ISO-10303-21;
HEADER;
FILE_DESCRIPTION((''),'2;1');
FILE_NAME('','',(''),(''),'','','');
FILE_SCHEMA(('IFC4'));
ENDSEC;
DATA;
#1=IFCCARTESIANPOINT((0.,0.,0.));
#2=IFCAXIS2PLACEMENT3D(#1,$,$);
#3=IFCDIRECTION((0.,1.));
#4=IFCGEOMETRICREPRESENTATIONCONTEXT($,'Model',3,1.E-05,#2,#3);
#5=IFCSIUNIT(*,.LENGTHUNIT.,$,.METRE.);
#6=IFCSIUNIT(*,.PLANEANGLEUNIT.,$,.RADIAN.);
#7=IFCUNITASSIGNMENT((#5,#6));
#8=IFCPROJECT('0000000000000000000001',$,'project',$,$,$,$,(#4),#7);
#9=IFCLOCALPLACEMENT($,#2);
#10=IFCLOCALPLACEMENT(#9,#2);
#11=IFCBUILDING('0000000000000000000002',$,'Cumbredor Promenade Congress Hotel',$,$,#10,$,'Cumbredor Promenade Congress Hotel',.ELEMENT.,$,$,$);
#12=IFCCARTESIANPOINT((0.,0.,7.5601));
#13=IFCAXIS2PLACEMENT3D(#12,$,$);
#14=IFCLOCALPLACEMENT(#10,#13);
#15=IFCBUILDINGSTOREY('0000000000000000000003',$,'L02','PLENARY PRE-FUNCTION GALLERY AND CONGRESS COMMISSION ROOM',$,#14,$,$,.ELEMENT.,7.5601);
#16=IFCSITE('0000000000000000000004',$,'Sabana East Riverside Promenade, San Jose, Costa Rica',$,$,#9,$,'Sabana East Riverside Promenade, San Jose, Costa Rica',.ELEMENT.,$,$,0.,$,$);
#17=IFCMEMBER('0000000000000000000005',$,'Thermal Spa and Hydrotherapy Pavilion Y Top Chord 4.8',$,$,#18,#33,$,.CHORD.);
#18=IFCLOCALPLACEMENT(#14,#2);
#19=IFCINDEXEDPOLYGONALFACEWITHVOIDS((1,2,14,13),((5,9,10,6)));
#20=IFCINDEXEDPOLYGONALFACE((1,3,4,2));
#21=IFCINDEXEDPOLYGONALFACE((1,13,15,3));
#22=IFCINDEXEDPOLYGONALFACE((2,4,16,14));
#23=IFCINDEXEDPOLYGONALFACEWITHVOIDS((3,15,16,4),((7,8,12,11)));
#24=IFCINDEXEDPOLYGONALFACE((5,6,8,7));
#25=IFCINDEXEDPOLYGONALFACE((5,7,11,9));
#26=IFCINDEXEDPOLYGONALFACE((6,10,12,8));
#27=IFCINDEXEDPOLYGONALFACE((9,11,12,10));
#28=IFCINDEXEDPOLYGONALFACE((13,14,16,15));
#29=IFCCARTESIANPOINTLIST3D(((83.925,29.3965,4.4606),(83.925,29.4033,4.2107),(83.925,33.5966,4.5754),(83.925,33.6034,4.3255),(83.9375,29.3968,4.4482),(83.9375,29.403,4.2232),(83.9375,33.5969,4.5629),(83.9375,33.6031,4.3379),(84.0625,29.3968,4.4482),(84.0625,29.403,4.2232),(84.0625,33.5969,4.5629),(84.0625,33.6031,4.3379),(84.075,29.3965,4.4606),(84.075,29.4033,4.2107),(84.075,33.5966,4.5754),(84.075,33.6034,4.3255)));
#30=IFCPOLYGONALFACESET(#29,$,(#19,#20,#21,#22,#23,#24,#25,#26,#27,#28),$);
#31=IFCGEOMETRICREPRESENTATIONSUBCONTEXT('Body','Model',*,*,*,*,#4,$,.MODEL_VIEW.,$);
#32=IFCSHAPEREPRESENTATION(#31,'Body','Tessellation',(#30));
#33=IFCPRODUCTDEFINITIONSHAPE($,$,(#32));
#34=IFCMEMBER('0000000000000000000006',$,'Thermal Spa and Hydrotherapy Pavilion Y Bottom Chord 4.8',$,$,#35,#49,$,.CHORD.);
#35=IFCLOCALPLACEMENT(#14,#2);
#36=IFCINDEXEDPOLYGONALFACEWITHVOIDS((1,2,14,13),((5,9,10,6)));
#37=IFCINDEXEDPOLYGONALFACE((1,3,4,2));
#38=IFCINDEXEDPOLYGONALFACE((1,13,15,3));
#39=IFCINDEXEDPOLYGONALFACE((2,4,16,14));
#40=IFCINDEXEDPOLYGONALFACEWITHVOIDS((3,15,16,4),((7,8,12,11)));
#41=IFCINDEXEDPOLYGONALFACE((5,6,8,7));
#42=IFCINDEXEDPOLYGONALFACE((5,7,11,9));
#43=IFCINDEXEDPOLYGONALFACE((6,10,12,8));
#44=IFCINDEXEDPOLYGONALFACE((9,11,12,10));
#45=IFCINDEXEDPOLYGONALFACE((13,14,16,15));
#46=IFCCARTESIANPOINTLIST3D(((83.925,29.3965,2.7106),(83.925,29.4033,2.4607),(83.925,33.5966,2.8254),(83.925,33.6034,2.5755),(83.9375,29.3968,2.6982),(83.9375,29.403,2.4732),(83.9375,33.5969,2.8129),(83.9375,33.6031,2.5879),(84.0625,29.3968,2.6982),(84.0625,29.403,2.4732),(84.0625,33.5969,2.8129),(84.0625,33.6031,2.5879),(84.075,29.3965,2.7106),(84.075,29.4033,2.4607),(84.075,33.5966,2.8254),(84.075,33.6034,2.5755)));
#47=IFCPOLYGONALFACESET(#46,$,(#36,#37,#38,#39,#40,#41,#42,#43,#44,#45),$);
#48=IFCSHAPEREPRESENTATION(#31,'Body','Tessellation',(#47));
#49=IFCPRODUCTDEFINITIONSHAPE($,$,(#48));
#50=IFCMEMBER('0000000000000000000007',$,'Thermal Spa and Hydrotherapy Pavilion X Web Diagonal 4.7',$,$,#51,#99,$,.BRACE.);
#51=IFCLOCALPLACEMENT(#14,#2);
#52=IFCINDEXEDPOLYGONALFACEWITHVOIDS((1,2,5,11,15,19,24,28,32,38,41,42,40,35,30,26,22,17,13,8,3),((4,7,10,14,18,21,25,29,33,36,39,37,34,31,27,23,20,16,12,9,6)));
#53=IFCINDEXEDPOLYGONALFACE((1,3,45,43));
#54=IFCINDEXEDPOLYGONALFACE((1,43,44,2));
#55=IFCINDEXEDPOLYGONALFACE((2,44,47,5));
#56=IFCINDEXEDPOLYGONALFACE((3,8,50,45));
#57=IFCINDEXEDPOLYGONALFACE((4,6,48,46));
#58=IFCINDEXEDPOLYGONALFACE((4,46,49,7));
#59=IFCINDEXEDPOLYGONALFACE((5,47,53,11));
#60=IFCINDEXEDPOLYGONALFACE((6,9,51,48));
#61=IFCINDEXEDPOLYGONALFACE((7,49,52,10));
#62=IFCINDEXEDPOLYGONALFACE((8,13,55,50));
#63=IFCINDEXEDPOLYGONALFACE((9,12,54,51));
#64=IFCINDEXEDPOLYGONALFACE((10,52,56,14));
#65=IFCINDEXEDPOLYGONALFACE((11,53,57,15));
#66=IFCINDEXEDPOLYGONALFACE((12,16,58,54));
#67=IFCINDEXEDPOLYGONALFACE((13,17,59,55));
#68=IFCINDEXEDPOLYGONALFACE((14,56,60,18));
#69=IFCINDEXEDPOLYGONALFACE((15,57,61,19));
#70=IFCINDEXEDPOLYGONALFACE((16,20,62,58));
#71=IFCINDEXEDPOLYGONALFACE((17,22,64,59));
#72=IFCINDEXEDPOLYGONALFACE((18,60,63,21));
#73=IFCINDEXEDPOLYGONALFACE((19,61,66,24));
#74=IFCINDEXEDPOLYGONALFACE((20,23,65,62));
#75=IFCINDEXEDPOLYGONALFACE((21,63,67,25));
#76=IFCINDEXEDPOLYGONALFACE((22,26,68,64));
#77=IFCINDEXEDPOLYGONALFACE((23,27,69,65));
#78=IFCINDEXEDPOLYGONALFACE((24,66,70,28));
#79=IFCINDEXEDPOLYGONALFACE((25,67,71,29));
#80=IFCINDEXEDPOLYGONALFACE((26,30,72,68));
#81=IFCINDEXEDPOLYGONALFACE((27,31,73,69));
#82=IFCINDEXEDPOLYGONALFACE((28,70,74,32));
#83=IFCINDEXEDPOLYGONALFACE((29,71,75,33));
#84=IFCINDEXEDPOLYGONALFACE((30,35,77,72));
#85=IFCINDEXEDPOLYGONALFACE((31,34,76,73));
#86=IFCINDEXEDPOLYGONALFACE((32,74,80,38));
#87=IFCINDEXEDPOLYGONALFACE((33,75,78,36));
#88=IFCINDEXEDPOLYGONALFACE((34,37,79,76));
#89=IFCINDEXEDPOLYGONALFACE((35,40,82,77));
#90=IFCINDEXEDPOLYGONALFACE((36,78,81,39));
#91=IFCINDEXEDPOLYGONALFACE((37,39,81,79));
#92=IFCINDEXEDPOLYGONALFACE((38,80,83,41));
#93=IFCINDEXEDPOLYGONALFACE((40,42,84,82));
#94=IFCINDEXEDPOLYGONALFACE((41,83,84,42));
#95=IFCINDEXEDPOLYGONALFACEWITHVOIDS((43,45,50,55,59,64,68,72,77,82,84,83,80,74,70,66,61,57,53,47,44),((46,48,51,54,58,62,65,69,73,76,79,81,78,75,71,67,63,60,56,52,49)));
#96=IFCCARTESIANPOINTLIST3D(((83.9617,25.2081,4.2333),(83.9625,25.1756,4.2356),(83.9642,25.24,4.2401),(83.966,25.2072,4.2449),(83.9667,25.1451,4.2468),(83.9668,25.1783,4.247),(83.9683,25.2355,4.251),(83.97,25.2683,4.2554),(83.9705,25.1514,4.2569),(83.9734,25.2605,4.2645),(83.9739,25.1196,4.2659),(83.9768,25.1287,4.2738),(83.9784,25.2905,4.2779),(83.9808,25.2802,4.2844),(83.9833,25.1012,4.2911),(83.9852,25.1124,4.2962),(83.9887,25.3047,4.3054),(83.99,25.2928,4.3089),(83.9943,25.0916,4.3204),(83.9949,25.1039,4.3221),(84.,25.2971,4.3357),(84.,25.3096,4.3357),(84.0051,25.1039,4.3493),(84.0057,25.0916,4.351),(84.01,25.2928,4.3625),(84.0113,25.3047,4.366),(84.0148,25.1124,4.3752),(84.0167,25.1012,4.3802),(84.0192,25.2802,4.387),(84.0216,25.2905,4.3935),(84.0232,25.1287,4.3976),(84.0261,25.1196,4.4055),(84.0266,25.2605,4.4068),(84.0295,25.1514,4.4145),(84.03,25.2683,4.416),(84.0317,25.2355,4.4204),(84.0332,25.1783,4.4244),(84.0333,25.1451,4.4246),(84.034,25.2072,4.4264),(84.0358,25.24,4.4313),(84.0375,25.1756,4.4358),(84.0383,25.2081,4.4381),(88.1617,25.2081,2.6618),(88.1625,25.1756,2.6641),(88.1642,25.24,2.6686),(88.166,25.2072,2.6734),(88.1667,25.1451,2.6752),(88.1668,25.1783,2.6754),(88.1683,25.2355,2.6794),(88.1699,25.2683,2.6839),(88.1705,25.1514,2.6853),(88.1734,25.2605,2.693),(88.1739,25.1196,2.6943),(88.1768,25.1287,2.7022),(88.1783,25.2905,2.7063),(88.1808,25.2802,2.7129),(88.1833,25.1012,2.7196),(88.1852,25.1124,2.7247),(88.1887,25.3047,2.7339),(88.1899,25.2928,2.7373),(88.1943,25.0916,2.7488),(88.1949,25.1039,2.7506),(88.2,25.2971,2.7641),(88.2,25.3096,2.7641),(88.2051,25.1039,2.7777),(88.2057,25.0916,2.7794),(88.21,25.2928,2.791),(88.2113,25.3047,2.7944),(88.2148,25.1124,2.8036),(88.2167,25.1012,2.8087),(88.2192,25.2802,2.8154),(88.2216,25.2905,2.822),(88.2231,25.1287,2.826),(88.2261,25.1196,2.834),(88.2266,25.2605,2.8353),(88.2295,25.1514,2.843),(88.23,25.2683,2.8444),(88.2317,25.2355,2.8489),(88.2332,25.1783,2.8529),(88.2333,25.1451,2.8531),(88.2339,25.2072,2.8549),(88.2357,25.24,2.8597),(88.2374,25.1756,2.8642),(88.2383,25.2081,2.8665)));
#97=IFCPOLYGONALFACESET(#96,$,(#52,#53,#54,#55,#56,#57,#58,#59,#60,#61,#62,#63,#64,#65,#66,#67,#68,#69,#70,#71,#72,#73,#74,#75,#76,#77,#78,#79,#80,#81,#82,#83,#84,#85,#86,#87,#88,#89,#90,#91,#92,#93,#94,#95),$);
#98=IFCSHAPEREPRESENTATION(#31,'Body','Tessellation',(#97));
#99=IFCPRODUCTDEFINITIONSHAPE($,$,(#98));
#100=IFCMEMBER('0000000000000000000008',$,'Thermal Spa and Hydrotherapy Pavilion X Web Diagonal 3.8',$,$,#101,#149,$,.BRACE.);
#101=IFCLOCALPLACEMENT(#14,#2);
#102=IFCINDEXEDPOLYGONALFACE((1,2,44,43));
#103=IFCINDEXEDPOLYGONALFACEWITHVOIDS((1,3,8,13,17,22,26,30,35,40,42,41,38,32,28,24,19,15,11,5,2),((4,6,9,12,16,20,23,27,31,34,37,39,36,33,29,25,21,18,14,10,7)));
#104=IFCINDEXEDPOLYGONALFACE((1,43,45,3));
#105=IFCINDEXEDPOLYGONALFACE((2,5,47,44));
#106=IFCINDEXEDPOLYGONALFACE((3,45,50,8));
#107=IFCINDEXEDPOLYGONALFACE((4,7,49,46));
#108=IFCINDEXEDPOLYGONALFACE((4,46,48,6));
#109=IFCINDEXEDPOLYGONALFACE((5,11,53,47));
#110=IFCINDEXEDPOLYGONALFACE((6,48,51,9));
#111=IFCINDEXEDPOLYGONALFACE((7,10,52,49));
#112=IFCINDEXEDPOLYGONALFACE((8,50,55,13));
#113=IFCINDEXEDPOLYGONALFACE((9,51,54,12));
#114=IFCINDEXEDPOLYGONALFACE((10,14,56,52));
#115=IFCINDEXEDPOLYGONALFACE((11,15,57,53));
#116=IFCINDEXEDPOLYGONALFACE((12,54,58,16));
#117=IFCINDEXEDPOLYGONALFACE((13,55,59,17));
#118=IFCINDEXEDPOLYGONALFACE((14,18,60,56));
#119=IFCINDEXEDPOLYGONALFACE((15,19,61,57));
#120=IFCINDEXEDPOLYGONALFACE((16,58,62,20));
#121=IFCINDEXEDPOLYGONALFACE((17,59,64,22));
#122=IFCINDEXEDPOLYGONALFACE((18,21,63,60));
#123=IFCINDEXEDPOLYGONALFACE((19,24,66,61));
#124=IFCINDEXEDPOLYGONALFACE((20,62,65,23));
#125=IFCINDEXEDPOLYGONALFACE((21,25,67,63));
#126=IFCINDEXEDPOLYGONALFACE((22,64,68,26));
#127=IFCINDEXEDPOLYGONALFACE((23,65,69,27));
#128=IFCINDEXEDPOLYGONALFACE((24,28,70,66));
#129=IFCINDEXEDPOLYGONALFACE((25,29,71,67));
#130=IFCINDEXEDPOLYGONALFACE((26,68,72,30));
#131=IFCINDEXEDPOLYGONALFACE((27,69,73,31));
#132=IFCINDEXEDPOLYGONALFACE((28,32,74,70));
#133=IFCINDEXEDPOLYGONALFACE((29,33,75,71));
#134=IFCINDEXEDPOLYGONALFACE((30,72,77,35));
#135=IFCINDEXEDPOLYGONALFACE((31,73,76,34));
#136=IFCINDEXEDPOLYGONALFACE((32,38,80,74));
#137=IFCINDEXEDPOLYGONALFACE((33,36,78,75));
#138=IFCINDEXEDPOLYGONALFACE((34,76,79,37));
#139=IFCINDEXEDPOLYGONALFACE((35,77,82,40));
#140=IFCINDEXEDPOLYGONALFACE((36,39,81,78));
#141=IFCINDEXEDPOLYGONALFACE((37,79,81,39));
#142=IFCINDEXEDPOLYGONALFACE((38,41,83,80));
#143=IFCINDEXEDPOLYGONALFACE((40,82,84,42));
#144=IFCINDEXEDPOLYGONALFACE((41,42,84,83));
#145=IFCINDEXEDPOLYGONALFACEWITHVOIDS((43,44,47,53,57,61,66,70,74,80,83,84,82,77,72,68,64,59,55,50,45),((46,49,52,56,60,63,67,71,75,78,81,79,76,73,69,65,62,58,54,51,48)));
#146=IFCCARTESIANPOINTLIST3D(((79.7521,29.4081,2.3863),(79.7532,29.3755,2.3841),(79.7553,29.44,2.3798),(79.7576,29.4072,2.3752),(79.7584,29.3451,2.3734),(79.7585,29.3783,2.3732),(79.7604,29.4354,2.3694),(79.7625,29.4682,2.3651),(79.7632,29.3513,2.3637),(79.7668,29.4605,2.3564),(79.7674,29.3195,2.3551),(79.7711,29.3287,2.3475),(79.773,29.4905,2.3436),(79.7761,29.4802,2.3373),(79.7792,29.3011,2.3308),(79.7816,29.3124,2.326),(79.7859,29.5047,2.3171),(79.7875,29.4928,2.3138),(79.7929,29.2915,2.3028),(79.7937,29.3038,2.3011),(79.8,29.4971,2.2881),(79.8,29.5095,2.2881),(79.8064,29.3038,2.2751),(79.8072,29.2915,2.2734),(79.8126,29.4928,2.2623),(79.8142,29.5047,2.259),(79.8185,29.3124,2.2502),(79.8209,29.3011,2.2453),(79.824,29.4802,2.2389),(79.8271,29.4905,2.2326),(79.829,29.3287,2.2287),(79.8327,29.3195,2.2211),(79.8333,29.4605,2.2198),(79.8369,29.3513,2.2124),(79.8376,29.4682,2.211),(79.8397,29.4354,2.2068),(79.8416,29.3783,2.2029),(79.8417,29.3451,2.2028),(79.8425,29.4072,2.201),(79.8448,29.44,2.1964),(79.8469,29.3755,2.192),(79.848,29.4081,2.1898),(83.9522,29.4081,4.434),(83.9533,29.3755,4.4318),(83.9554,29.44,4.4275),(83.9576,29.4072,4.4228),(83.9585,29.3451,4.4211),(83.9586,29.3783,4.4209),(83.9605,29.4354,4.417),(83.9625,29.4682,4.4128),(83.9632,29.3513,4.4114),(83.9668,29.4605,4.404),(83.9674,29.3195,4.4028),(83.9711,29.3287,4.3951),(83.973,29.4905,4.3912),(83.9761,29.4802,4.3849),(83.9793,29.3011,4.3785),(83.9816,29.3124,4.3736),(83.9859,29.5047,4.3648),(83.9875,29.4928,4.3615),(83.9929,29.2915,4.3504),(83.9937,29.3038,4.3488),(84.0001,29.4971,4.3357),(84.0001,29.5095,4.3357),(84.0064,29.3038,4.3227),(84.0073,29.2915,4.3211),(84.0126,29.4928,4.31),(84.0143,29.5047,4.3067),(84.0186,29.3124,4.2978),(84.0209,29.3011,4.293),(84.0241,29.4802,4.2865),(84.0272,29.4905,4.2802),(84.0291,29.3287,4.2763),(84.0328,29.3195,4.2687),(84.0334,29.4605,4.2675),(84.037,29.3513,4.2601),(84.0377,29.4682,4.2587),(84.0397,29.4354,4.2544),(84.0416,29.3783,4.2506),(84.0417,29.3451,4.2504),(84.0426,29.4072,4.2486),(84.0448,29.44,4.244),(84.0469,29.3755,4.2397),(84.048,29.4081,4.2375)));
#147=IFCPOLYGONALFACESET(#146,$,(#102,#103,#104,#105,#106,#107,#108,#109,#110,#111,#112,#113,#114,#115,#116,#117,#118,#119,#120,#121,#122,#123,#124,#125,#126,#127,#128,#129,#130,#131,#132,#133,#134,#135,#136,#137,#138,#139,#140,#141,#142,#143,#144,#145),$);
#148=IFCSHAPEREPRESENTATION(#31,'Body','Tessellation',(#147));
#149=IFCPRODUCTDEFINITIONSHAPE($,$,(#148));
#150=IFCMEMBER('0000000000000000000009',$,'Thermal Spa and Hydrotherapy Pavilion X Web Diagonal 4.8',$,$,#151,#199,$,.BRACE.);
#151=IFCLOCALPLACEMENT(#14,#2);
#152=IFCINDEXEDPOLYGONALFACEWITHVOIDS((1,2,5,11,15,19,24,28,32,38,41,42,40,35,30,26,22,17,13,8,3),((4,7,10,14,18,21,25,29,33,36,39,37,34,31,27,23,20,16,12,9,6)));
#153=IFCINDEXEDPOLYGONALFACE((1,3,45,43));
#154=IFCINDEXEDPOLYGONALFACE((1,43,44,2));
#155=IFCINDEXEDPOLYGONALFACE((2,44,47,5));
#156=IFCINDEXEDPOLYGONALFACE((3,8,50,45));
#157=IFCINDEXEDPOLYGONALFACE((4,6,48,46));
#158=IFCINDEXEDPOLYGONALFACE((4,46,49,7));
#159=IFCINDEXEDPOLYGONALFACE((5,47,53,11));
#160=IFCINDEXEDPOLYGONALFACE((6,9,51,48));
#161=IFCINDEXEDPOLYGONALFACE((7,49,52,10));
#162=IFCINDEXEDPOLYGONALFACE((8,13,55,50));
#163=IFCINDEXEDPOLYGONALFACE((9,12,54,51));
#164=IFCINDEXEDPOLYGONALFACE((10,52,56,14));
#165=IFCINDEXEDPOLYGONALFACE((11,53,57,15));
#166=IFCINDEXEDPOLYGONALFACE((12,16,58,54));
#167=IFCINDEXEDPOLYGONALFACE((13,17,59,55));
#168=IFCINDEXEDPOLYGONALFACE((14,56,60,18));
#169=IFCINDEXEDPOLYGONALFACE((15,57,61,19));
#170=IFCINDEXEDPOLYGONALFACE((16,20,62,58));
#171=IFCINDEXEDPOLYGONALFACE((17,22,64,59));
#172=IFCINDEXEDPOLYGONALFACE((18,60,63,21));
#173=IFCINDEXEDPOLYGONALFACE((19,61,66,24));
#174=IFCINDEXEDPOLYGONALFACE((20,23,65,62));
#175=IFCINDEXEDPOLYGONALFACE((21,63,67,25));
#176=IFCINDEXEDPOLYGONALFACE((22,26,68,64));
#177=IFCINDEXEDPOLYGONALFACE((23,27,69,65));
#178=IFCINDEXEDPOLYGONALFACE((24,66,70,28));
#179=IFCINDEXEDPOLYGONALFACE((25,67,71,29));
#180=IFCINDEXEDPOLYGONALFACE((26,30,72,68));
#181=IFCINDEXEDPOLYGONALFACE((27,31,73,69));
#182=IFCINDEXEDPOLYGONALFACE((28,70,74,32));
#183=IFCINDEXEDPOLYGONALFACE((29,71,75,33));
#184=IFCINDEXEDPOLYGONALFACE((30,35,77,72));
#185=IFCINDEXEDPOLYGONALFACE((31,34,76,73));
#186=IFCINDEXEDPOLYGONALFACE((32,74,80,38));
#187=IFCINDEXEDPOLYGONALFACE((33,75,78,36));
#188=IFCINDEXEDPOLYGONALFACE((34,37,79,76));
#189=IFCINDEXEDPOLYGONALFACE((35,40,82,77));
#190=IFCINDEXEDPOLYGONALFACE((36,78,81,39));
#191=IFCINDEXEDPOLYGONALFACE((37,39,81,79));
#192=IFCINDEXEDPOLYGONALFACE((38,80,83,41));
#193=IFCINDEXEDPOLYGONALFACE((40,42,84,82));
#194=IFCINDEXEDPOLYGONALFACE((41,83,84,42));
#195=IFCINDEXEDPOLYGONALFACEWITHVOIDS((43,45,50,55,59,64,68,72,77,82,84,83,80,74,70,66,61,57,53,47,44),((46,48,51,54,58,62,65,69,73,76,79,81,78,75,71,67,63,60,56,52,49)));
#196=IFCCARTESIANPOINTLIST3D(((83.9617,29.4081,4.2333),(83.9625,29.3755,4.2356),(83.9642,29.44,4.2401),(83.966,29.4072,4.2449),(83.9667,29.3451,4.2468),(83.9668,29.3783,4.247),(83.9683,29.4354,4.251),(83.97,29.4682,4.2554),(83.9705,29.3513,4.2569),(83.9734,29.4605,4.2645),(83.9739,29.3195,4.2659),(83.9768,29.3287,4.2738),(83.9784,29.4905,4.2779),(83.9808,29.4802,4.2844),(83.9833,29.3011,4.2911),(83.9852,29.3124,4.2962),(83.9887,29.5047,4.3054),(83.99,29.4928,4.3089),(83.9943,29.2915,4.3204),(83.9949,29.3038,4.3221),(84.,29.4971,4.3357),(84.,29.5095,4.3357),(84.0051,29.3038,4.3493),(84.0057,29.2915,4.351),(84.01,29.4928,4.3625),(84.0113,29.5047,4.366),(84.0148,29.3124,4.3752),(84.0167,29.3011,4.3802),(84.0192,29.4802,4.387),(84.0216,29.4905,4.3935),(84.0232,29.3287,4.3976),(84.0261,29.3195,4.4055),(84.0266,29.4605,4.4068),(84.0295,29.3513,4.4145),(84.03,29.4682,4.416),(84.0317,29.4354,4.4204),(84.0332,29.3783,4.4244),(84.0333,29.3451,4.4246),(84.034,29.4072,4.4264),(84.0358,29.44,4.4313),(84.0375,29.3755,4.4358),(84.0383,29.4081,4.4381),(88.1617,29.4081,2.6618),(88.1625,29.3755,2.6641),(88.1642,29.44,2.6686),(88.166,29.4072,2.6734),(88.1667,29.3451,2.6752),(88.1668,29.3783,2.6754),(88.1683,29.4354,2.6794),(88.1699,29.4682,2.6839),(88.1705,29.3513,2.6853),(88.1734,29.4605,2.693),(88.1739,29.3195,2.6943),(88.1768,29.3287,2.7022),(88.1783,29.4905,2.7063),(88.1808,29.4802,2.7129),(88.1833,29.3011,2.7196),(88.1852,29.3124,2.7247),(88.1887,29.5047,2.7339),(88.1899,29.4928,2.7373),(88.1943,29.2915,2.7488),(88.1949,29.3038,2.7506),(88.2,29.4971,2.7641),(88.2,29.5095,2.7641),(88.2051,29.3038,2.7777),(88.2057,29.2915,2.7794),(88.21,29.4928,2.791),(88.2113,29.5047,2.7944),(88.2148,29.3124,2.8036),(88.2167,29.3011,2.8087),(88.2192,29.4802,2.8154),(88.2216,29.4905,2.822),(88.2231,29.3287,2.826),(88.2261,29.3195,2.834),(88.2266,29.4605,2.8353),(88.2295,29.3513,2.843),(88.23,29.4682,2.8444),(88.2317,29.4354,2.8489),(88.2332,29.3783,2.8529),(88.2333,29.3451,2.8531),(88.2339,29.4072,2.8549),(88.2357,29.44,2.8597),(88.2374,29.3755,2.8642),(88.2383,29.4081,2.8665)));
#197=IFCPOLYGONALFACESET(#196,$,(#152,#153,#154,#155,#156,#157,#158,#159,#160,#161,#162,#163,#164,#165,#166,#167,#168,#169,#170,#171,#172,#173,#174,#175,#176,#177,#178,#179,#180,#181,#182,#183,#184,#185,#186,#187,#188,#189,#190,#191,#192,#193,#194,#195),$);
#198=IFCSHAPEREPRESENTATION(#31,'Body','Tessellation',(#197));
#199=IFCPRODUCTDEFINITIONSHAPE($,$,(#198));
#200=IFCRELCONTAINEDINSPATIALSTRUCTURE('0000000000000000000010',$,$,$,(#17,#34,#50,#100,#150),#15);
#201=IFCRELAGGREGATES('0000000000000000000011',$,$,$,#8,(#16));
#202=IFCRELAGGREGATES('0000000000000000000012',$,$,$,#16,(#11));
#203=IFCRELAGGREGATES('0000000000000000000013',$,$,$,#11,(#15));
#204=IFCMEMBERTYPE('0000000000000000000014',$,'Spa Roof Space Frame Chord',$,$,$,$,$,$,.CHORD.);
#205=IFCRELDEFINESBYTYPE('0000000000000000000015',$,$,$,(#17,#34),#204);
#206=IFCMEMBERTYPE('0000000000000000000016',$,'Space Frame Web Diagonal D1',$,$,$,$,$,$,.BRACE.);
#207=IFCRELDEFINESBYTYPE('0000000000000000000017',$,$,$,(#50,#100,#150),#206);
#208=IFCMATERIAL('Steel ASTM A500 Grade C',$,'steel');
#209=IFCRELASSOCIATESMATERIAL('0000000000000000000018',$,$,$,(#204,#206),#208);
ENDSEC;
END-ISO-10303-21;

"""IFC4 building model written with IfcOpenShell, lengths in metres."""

from ifc_helpers import new_model, si_unit, direction, frame, origin, origin_2d, place, context, subcontext, project, spatial, hollow_rectangle, hollow_circle, extrude, material, material_profile, profile_set, type_object, element, save


model = new_model("IFC4")

# Units and contexts
model_context = context("Model", 3, precision=1e-05, world=origin(), true_north=direction((0.0, 1.0)))
body_context = subcontext(model_context, "Body", "Model", "MODEL_VIEW")
ifc_project = project(units=[si_unit("LENGTHUNIT", "METRE"), si_unit("PLANEANGLEUNIT", "RADIAN")], contexts=[model_context])

# Site, building, storey
site_placement = place(None, origin())
site = spatial("IfcSite", under=ifc_project, at=site_placement, Name="Sabana East Riverside Promenade, San Jose, Costa Rica", LongName="Sabana East Riverside Promenade, San Jose, Costa Rica", CompositionType="ELEMENT", RefElevation=0.0)
building_placement = place(site_placement, origin())
building = spatial("IfcBuilding", under=site, at=building_placement, Name="Cumbredor Promenade Congress Hotel", LongName="Cumbredor Promenade Congress Hotel", CompositionType="ELEMENT")
storey_placement = place(building_placement, frame((0.0, 0.0, 7.5601)))
storey = spatial("IfcBuildingStorey", under=building, at=storey_placement, Name="L02", Description="PLENARY PRE-FUNCTION GALLERY AND CONGRESS COMMISSION ROOM", CompositionType="ELEMENT", Elevation=7.5601)

# Members
ifc_material_1 = material(Name="Steel ASTM A500 Grade C", Category="steel")
ifc_material_profile_1 = material_profile(ifc_material_1, hollow_rectangle(XDim=0.1499, YDim=0.25, WallThickness=0.0125, at=origin_2d()), Name="HSS 250x150x12.5")
ifc_profile_set_1 = profile_set([ifc_material_profile_1], Name="Steel ASTM A500 Grade C")
member_type_1 = type_object("IfcMemberType", Name="Spa Roof Space Frame Chord", PredefinedType="CHORD", material=ifc_profile_set_1)
for number, where, z_axis, x_axis, name in (
    (1, (84.0, 29.3999, 4.3357), (0.0, 0.999627, 0.027309), (-1.0, 0.0, 0.0), "Thermal Spa and Hydrotherapy Pavilion Y Top Chord 4.8"),
    (2, (84.0, 29.3999, 2.5857), (0.0, 0.999627, 0.027309), (-1.0, 0.0, 0.0), "Thermal Spa and Hydrotherapy Pavilion Y Bottom Chord 4.8"),
):
    element("IfcMember", number, at=place(storey_placement, frame(where, z_axis=z_axis, x_axis=x_axis)), inside=storey, type_object=member_type_1, Name=name, PredefinedType="CHORD", context=body_context, shape_type="SweptSolid", body=[
        extrude(hollow_rectangle(XDim=0.1499, YDim=0.25, WallThickness=0.0125, at=origin_2d()), origin(), (0.0, 0.0, 1.0), 4.2017),
    ])
ifc_material_profile_2 = material_profile(ifc_material_1, hollow_circle(Radius=0.1096, WallThickness=0.0125, at=origin_2d()), Name="CHS 219.1x12.5")
ifc_profile_set_2 = profile_set([ifc_material_profile_2], Name="Steel ASTM A500 Grade C")
member_type_2 = type_object("IfcMemberType", Name="Space Frame Web Diagonal D1", PredefinedType="BRACE", material=ifc_profile_set_2)
member_1_placement = place(storey_placement, frame((84.0, 25.2, 4.3357), z_axis=(0.936582, 0.0, -0.350449), x_axis=(0.0, 1.0, 0.0)))
element("IfcMember", 3, at=member_1_placement, inside=storey, type_object=member_type_2, Name="Thermal Spa and Hydrotherapy Pavilion X Web Diagonal 4.7", PredefinedType="BRACE", context=body_context, shape_type="SweptSolid", body=[
    extrude(hollow_circle(Radius=0.1096, WallThickness=0.0125, at=origin_2d()), origin(), (0.0, 0.0, 1.0), 4.4844),
])
member_2_placement = place(storey_placement, frame((79.8, 29.3999, 2.2881), z_axis=(0.898865, 0.0, 0.438225), x_axis=(0.0, 1.0, 0.0)))
element("IfcMember", 4, at=member_2_placement, inside=storey, type_object=member_type_2, Name="Thermal Spa and Hydrotherapy Pavilion X Web Diagonal 3.8", PredefinedType="BRACE", context=body_context, shape_type="SweptSolid", body=[
    extrude(hollow_circle(Radius=0.1096, WallThickness=0.0125, at=origin_2d()), origin(), (0.0, 0.0, 1.0), 4.6726),
])
member_3_placement = place(storey_placement, frame((84.0, 29.3999, 4.3357), z_axis=(0.936582, 0.0, -0.350449), x_axis=(0.0, 1.0, 0.0)))
element("IfcMember", 5, at=member_3_placement, inside=storey, type_object=member_type_2, Name="Thermal Spa and Hydrotherapy Pavilion X Web Diagonal 4.8", PredefinedType="BRACE", context=body_context, shape_type="SweptSolid", body=[
    extrude(hollow_circle(Radius=0.1096, WallThickness=0.0125, at=origin_2d()), origin(), (0.0, 0.0, 1.0), 4.4844),
])

save(model, "model.ifc")
